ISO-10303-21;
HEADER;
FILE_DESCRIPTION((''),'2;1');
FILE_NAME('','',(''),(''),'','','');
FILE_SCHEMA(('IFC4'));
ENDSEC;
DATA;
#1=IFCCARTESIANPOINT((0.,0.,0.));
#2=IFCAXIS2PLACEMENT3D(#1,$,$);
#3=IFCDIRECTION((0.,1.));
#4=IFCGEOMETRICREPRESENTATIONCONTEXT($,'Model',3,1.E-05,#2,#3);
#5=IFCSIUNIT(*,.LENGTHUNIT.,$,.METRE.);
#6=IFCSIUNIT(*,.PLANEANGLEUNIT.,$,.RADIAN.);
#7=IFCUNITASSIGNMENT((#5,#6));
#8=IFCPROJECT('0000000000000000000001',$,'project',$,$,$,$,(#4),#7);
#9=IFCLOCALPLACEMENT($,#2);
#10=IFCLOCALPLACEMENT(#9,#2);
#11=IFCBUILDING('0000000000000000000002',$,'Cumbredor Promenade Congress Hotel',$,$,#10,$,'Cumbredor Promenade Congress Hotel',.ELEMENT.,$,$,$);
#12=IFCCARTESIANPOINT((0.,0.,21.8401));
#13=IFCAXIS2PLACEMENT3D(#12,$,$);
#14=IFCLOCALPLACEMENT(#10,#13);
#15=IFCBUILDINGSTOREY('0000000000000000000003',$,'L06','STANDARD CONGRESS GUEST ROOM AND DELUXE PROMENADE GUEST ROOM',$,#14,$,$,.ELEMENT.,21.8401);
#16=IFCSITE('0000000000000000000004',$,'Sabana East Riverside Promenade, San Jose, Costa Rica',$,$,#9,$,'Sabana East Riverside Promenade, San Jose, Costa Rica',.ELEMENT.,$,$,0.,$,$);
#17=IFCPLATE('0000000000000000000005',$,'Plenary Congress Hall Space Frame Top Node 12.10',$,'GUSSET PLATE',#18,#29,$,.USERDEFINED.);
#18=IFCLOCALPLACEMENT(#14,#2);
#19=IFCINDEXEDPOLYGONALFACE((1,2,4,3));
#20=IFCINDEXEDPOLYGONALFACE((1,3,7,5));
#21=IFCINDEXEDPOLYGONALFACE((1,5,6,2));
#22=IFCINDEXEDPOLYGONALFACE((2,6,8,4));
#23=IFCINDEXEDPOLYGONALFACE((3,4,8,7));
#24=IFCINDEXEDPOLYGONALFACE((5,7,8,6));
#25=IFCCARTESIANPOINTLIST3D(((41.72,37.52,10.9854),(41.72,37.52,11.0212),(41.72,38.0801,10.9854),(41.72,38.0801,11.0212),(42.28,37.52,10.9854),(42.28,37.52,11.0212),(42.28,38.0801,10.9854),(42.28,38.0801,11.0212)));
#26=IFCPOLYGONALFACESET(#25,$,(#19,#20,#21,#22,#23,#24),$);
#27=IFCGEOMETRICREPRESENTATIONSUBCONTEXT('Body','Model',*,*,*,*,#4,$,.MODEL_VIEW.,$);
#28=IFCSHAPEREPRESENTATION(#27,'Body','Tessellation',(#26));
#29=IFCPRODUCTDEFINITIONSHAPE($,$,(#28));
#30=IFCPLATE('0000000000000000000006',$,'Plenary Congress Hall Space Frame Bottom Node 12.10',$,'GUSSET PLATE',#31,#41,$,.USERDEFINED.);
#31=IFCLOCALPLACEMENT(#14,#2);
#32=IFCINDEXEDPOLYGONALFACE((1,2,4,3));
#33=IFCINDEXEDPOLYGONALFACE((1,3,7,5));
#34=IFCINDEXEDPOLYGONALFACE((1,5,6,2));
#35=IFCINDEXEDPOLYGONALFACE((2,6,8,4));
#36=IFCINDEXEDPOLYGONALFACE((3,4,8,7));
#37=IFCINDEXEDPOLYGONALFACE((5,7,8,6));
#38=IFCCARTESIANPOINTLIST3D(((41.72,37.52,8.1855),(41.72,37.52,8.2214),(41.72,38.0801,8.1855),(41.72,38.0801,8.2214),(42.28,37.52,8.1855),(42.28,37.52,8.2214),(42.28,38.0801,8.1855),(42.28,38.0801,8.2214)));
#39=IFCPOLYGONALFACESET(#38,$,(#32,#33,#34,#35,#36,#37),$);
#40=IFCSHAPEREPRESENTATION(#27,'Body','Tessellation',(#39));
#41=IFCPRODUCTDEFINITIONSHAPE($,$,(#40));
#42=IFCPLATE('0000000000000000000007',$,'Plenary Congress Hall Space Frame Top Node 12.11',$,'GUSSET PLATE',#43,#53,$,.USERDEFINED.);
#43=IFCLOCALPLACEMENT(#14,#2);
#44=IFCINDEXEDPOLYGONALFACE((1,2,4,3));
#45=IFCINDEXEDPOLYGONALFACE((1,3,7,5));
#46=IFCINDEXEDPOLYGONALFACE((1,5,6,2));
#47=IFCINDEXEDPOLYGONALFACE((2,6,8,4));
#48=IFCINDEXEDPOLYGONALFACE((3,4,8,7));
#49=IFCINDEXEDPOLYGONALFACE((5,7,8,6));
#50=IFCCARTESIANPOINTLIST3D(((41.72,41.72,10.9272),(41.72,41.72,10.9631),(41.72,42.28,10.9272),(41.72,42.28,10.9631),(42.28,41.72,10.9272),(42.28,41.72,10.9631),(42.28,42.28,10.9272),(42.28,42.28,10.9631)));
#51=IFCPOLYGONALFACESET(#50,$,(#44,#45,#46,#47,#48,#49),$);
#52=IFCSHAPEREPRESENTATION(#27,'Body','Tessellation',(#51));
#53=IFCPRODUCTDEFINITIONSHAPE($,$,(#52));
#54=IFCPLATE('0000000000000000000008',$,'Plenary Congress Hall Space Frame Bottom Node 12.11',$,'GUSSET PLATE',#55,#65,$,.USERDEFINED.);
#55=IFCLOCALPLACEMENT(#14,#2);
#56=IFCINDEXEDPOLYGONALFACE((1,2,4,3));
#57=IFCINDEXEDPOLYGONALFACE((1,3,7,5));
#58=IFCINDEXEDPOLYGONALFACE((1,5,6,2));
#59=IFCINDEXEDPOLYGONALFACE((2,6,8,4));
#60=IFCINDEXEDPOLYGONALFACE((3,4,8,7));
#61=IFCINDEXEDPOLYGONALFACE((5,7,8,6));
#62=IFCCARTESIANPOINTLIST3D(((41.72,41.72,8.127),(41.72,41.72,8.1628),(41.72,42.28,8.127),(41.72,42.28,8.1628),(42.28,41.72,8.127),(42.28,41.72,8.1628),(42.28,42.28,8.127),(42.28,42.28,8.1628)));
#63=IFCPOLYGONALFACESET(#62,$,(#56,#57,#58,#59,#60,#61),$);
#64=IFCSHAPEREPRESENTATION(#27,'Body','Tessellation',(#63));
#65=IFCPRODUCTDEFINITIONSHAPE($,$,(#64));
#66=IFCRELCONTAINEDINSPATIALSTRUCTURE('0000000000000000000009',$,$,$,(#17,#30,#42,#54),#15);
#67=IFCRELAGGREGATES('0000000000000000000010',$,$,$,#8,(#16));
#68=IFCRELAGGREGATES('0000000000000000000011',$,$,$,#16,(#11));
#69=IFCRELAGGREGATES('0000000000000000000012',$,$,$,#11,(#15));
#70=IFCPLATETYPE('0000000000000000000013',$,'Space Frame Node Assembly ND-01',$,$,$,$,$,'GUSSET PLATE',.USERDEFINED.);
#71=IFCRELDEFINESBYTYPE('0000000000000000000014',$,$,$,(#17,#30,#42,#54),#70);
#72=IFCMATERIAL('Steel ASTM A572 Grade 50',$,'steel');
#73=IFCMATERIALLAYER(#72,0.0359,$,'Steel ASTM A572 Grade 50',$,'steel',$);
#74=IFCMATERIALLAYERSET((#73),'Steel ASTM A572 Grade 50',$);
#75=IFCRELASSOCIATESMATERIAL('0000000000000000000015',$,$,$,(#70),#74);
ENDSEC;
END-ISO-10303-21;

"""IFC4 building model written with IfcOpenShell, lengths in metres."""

from ifc_helpers import new_model, si_unit, direction, frame, origin, origin_2d, place, context, subcontext, project, spatial, rectangle, extrude, material, layer, layer_set, type_object, element, save


model = new_model("IFC4")

# Units and contexts
model_context = context("Model", 3, precision=1e-05, world=origin(), true_north=direction((0.0, 1.0)))
body_context = subcontext(model_context, "Body", "Model", "MODEL_VIEW")
ifc_project = project(units=[si_unit("LENGTHUNIT", "METRE"), si_unit("PLANEANGLEUNIT", "RADIAN")], contexts=[model_context])

# Site, building, storey
site_placement = place(None, origin())
site = spatial("IfcSite", under=ifc_project, at=site_placement, Name="Sabana East Riverside Promenade, San Jose, Costa Rica", LongName="Sabana East Riverside Promenade, San Jose, Costa Rica", CompositionType="ELEMENT", RefElevation=0.0)
building_placement = place(site_placement, origin())
building = spatial("IfcBuilding", under=site, at=building_placement, Name="Cumbredor Promenade Congress Hotel", LongName="Cumbredor Promenade Congress Hotel", CompositionType="ELEMENT")
storey_placement = place(building_placement, frame((0.0, 0.0, 21.8401)))
storey = spatial("IfcBuildingStorey", under=building, at=storey_placement, Name="L06", Description="STANDARD CONGRESS GUEST ROOM AND DELUXE PROMENADE GUEST ROOM", CompositionType="ELEMENT", Elevation=21.8401)

# Plates
ifc_material_1 = material(Name="Steel ASTM A572 Grade 50", Category="steel")
ifc_layer = layer(ifc_material_1, 0.0359, Name="Steel ASTM A572 Grade 50", Category="steel")
ifc_layer_set = layer_set([ifc_layer], Name="Steel ASTM A572 Grade 50")
plate_type = type_object("IfcPlateType", Name="Space Frame Node Assembly ND-01", ElementType="GUSSET PLATE", PredefinedType="USERDEFINED", material=ifc_layer_set)
for number, where, z_axis, x_axis, name in (
    (1, (42.0, 37.8, 10.9854), (0.0, 0.0, 1.0), (1.0, 0.0, 0.0), "Plenary Congress Hall Space Frame Top Node 12.10"),
    (2, (42.0, 37.8, 8.1855), (0.0, 0.0, 1.0), (1.0, 0.0, 0.0), "Plenary Congress Hall Space Frame Bottom Node 12.10"),
    (3, (42.0, 42.0, 10.9272), (0.0, 0.0, 1.0), (1.0, 0.0, 0.0), "Plenary Congress Hall Space Frame Top Node 12.11"),
    (4, (42.0, 42.0, 8.127), (0.0, 0.0, 1.0), (1.0, 0.0, 0.0), "Plenary Congress Hall Space Frame Bottom Node 12.11"),
):
    element("IfcPlate", number, at=place(storey_placement, frame(where, z_axis=z_axis, x_axis=x_axis)), inside=storey, type_object=plate_type, Name=name, ObjectType="GUSSET PLATE", PredefinedType="USERDEFINED", context=body_context, shape_type="SweptSolid", body=[
        extrude(rectangle(XDim=0.5601, YDim=0.5601, at=origin_2d()), origin(), (0.0, 0.0, 1.0), 0.0359),
    ])

save(model, "model.ifc")
